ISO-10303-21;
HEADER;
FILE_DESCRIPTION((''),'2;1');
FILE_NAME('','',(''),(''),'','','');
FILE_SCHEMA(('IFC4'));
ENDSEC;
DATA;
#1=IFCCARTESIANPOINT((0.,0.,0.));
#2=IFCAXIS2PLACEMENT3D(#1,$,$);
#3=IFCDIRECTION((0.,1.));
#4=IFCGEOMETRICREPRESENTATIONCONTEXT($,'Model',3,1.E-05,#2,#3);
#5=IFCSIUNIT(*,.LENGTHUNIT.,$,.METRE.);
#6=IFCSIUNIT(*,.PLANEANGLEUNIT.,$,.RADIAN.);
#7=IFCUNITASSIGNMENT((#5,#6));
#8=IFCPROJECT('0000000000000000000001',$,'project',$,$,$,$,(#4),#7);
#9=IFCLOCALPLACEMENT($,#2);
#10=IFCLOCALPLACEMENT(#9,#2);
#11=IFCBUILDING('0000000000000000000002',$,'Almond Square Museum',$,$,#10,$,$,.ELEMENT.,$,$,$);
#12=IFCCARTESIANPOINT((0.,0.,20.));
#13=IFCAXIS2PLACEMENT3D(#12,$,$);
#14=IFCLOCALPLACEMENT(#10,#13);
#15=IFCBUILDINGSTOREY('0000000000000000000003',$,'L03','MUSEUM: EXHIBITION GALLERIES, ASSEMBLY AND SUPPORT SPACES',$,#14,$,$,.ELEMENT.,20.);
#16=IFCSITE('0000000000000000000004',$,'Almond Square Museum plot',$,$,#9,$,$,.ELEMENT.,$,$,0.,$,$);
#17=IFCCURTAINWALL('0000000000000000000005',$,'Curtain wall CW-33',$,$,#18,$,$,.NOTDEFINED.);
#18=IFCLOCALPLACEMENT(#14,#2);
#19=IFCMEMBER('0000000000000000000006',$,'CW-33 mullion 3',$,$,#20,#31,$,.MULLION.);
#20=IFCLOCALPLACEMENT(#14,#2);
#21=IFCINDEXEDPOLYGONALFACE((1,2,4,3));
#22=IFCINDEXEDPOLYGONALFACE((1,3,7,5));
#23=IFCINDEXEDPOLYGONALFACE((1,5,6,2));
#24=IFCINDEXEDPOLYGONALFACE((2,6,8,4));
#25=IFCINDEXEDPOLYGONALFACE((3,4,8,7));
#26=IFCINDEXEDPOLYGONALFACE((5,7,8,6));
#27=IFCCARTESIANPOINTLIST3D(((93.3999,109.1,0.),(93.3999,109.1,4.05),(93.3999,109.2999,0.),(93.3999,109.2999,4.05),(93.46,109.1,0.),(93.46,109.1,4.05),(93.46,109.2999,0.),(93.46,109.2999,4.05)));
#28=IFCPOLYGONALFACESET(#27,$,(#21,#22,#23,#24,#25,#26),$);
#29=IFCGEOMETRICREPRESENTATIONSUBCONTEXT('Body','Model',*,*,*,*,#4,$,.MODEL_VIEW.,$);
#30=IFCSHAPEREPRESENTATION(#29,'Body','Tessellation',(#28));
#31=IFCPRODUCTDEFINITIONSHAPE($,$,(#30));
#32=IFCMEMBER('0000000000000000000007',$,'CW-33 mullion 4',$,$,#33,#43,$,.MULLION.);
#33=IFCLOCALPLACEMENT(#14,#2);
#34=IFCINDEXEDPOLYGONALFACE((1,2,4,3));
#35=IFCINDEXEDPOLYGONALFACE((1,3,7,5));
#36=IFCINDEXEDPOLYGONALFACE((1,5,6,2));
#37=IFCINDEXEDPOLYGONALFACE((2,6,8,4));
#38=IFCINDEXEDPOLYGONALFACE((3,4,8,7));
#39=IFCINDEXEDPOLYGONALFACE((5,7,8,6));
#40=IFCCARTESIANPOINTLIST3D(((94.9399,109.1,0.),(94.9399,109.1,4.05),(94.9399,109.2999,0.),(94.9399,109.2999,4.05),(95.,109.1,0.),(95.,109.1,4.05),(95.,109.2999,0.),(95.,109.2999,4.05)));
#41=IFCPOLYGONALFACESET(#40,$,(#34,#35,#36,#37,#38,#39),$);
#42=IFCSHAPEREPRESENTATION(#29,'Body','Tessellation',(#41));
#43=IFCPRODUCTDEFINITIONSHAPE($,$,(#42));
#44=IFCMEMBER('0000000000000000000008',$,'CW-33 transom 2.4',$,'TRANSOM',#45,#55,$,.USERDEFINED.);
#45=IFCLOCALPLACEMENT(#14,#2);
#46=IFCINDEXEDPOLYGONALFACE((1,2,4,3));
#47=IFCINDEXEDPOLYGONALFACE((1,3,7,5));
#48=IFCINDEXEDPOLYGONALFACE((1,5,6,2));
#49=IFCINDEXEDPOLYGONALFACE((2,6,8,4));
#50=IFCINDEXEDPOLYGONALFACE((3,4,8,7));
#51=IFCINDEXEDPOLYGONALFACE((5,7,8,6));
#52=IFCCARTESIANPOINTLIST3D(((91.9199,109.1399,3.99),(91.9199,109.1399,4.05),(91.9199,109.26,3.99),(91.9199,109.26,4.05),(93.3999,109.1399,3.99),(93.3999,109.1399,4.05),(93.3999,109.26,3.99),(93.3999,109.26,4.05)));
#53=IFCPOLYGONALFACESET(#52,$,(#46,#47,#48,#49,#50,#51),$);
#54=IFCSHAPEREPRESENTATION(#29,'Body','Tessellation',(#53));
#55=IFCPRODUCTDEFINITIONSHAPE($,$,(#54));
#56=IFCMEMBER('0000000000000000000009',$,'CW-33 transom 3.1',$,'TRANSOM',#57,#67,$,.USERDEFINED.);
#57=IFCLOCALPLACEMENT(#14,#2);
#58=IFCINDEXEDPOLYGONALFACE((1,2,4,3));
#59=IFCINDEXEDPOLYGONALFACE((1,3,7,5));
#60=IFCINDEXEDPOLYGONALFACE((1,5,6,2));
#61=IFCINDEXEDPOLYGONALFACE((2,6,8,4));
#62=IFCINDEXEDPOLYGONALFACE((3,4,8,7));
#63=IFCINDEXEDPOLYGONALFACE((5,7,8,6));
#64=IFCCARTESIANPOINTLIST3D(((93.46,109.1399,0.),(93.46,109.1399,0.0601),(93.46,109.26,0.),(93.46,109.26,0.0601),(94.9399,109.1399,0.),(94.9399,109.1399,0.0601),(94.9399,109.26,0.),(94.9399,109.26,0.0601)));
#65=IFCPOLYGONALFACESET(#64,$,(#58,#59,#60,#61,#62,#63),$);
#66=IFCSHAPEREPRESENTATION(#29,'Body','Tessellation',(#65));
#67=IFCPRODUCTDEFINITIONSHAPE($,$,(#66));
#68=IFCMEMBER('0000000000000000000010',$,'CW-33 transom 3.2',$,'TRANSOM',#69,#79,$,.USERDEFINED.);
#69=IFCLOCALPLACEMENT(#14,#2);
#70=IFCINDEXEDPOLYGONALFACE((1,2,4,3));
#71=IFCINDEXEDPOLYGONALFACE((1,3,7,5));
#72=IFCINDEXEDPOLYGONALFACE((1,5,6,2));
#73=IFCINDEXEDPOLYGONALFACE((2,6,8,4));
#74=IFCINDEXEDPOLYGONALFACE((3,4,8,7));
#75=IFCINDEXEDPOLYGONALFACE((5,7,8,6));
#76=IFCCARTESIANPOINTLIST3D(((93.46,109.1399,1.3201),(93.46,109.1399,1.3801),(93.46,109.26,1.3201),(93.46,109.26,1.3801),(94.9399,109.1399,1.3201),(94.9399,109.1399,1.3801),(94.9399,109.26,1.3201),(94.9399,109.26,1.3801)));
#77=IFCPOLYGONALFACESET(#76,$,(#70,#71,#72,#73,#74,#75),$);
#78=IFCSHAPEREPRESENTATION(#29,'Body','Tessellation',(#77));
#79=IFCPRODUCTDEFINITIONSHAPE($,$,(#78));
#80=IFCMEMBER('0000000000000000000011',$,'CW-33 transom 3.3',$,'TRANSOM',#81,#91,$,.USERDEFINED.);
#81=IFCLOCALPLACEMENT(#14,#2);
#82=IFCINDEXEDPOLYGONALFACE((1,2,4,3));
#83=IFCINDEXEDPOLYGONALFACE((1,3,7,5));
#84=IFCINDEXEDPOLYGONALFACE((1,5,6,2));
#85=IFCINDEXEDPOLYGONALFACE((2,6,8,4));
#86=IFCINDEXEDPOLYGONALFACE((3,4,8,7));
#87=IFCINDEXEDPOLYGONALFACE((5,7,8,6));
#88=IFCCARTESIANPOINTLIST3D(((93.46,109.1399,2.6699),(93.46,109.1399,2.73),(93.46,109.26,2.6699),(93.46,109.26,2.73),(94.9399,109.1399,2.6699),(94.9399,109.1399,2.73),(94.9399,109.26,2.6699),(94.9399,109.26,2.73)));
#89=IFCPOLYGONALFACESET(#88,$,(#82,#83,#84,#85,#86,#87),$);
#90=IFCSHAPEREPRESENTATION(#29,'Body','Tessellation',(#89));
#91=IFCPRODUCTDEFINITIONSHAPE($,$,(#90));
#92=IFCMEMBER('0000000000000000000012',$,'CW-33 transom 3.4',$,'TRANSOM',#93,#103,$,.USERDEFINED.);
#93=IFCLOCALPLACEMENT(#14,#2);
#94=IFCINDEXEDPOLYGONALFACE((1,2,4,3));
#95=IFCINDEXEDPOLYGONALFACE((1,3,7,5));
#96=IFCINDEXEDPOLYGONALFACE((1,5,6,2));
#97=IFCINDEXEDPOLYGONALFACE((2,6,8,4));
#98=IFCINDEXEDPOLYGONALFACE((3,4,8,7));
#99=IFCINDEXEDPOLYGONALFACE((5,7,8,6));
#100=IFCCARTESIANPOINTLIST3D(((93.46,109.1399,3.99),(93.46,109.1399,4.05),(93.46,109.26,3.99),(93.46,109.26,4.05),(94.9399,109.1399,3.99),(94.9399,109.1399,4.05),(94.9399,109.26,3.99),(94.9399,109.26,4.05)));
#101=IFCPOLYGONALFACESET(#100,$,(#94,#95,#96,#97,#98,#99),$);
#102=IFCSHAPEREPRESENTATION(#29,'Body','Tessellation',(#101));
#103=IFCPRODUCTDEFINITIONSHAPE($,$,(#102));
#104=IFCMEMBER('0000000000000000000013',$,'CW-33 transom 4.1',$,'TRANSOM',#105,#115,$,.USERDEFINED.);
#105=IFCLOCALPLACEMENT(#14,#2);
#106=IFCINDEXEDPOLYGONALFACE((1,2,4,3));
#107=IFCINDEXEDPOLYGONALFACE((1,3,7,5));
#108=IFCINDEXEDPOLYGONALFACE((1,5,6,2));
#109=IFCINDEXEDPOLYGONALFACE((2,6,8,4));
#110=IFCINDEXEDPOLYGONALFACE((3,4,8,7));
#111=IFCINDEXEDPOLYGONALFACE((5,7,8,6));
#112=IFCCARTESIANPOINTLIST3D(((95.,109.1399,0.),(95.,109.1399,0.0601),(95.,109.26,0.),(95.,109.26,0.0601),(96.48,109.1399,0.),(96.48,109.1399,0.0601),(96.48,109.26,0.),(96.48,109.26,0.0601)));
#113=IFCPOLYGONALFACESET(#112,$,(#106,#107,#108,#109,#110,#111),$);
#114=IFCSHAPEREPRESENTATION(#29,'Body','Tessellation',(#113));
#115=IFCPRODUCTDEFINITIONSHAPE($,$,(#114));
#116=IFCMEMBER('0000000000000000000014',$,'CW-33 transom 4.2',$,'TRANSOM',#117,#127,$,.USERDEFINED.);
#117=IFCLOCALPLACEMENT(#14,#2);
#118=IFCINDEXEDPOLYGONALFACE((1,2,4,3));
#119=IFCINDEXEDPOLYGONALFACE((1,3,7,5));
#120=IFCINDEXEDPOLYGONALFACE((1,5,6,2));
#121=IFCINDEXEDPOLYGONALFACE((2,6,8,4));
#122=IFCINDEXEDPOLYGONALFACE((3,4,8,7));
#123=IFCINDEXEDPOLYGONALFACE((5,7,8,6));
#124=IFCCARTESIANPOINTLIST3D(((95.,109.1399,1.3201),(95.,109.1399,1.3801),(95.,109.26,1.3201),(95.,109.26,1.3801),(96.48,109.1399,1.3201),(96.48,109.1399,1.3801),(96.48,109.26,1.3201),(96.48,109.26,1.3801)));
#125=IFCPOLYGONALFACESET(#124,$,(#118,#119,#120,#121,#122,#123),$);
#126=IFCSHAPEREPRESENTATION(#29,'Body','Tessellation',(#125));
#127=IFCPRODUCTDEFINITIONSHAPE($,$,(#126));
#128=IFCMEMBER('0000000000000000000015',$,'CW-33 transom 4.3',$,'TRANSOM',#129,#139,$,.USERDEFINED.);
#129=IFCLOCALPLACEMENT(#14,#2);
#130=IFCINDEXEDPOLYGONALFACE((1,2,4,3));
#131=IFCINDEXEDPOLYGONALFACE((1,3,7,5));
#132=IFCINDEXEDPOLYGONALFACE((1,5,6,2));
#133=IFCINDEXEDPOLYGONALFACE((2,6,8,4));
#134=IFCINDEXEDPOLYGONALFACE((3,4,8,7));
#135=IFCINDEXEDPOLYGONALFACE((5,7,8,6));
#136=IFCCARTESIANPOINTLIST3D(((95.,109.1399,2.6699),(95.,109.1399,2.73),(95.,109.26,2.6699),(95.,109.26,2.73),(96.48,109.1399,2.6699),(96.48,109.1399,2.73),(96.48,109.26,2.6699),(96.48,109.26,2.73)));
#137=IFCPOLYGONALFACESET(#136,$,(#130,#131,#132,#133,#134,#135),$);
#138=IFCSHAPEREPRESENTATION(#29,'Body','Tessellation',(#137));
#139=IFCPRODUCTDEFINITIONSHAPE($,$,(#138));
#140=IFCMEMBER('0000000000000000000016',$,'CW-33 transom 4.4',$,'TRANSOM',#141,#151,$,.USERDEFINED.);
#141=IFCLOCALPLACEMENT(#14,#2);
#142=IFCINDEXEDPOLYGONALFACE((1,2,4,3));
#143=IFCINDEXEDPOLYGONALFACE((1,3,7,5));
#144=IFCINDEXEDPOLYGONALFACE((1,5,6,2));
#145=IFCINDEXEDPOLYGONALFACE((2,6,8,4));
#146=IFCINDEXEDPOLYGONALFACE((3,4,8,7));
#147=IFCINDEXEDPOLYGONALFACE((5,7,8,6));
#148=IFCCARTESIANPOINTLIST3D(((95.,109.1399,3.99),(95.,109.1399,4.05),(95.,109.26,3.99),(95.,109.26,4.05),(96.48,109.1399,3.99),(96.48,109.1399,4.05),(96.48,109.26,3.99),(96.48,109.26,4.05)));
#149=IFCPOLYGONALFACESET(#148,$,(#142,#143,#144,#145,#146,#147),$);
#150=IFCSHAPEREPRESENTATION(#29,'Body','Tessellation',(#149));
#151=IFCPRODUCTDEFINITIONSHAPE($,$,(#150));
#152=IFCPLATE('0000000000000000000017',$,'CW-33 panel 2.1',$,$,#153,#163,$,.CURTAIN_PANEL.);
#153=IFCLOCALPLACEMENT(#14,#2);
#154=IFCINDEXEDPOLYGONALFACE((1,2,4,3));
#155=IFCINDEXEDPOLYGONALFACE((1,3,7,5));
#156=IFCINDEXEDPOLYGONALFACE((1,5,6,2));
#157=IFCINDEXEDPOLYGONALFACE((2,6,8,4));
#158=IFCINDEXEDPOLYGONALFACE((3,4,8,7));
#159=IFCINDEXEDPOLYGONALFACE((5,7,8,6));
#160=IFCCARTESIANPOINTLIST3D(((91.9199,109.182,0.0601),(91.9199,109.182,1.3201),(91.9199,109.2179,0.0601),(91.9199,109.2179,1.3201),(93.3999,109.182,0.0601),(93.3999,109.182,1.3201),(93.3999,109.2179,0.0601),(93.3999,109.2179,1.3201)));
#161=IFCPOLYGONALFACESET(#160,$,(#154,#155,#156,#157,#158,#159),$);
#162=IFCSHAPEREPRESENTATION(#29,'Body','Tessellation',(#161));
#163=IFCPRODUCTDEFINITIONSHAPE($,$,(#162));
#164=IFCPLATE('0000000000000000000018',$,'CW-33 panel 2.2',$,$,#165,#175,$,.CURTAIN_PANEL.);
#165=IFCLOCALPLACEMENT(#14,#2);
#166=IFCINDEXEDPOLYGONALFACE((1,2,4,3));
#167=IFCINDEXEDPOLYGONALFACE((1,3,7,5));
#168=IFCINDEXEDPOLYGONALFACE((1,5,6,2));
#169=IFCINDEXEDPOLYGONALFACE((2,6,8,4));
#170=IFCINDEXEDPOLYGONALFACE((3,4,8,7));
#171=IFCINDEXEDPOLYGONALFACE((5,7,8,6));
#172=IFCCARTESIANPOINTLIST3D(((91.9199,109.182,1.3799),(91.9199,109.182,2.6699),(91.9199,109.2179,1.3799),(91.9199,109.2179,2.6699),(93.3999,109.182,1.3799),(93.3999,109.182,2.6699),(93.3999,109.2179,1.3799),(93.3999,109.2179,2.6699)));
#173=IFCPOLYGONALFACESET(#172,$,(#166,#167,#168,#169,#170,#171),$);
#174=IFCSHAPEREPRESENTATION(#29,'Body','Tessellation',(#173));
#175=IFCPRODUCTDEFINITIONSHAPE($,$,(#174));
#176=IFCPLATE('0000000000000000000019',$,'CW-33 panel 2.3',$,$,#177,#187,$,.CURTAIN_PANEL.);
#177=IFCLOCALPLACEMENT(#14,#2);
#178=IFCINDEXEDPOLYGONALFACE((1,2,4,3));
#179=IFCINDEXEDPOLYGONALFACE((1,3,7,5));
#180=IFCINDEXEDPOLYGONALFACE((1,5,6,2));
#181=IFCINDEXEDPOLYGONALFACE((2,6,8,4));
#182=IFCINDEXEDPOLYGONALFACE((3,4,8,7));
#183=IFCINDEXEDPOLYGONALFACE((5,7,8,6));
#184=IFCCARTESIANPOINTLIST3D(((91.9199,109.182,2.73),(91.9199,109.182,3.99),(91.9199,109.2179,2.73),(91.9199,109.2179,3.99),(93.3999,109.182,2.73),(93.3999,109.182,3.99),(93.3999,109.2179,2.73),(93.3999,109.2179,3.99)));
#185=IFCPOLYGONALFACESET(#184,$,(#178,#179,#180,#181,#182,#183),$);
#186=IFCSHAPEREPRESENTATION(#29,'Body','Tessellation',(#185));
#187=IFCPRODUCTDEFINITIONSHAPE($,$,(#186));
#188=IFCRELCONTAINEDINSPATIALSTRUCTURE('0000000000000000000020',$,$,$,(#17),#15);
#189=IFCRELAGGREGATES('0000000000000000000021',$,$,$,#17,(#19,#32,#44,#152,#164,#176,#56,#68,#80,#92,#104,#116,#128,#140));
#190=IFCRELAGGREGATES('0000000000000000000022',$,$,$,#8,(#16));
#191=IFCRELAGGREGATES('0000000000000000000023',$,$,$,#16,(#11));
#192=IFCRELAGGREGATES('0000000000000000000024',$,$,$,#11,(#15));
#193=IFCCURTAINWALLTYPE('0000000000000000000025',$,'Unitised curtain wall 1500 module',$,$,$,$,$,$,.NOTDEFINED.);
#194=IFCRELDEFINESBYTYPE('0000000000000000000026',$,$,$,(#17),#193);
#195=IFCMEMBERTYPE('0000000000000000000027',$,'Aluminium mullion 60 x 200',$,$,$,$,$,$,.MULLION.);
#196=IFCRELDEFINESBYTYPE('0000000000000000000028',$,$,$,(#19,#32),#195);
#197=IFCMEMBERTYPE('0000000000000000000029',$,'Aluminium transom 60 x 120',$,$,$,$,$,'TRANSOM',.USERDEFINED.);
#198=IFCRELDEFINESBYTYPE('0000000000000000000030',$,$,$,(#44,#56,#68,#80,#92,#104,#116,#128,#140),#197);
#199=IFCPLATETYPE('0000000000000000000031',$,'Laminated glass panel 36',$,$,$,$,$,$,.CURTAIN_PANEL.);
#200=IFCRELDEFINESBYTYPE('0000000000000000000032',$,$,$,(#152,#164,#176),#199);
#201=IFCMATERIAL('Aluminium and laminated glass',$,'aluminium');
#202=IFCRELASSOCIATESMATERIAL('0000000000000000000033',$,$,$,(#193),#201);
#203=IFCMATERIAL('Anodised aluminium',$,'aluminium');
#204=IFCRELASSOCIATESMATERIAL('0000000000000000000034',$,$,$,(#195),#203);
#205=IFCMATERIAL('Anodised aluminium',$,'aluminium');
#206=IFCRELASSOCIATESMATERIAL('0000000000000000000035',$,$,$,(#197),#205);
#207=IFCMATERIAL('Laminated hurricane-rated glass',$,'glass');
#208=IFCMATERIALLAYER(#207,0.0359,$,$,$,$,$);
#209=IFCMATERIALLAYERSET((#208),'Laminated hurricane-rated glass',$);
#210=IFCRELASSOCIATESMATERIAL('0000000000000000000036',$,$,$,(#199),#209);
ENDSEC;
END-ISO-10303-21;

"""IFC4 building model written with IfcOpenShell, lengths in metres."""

from ifc_helpers import new_model, si_unit, direction, frame, origin, origin_2d, place, context, subcontext, project, spatial, rectangle, extrude, material, layer, layer_set, material_profile, profile_set, type_object, element, aggregate, save


model = new_model("IFC4")

# Units and contexts
model_context = context("Model", 3, precision=1e-05, world=origin(), true_north=direction((0.0, 1.0)))
body_context = subcontext(model_context, "Body", "Model", "MODEL_VIEW")
ifc_project = project(units=[si_unit("LENGTHUNIT", "METRE"), si_unit("PLANEANGLEUNIT", "RADIAN")], contexts=[model_context])

# Site, building, storey
site_placement = place(None, origin())
site = spatial("IfcSite", under=ifc_project, at=site_placement, Name="Almond Square Museum plot", CompositionType="ELEMENT", RefElevation=0.0)
building_placement = place(site_placement, origin())
building = spatial("IfcBuilding", under=site, at=building_placement, Name="Almond Square Museum", CompositionType="ELEMENT")
storey_placement = place(building_placement, frame((0.0, 0.0, 20.0)))
storey = spatial("IfcBuildingStorey", under=building, at=storey_placement, Name="L03", Description="MUSEUM: EXHIBITION GALLERIES, ASSEMBLY AND SUPPORT SPACES", CompositionType="ELEMENT", Elevation=20.0)

# Curtain wall, members, plates
ifc_material_1 = material(Name="Aluminium and laminated glass", Category="aluminium")
curtain_wall_type = type_object("IfcCurtainWallType", Name="Unitised curtain wall 1500 module", PredefinedType="NOTDEFINED", material=ifc_material_1)
curtain_wall_placement = place(storey_placement, origin())
curtain_wall = element("IfcCurtainWall", 1, at=curtain_wall_placement, inside=storey, type_object=curtain_wall_type, Name="Curtain wall CW-33", PredefinedType="NOTDEFINED")
ifc_material_2 = material(Name="Anodised aluminium", Category="aluminium")
ifc_material_profile_1 = material_profile(ifc_material_2, rectangle(XDim=0.2, YDim=0.0601, at=origin_2d()))
ifc_profile_set_1 = profile_set([ifc_material_profile_1], Name="Anodised aluminium")
member_type_1 = type_object("IfcMemberType", Name="Aluminium mullion 60 x 200", PredefinedType="MULLION", material=ifc_profile_set_1)
member_1_placement = place(storey_placement, frame((93.4299, 109.2, 0.0), z_axis=(0.0, 0.0, 1.0), x_axis=(0.0, 1.0, 0.0)))
member_1 = element("IfcMember", 2, at=member_1_placement, type_object=member_type_1, Name="CW-33 mullion 3", PredefinedType="MULLION", context=body_context, shape_type="SweptSolid", body=[
    extrude(rectangle(XDim=0.2, YDim=0.0601, at=origin_2d()), origin(), (0.0, 0.0, 1.0), 4.05),
])
member_2_placement = place(storey_placement, frame((94.97, 109.2, 0.0), z_axis=(0.0, 0.0, 1.0), x_axis=(0.0, 1.0, 0.0)))
member_2 = element("IfcMember", 3, at=member_2_placement, type_object=member_type_1, Name="CW-33 mullion 4", PredefinedType="MULLION", context=body_context, shape_type="SweptSolid", body=[
    extrude(rectangle(XDim=0.2, YDim=0.0601, at=origin_2d()), origin(), (0.0, 0.0, 1.0), 4.05),
])
ifc_material_3 = material(Name="Anodised aluminium", Category="aluminium")
ifc_material_profile_2 = material_profile(ifc_material_3, rectangle(XDim=0.1201, YDim=0.0601, at=origin_2d()))
ifc_profile_set_2 = profile_set([ifc_material_profile_2], Name="Anodised aluminium")
member_type_2 = type_object("IfcMemberType", Name="Aluminium transom 60 x 120", ElementType="TRANSOM", PredefinedType="USERDEFINED", material=ifc_profile_set_2)
member_3_placement = place(storey_placement, frame((91.9199, 109.2, 4.02), z_axis=(1.0, 0.0, 0.0), x_axis=(0.0, 1.0, 0.0)))
member_3 = element("IfcMember", 4, at=member_3_placement, type_object=member_type_2, Name="CW-33 transom 2.4", ObjectType="TRANSOM", PredefinedType="USERDEFINED", context=body_context, shape_type="SweptSolid", body=[
    extrude(rectangle(XDim=0.1201, YDim=0.0601, at=origin_2d()), origin(), (0.0, 0.0, 1.0), 1.48),
])
member_4_placement = place(storey_placement, frame((93.46, 109.2, 0.03), z_axis=(1.0, 0.0, 0.0), x_axis=(0.0, 1.0, 0.0)))
member_4 = element("IfcMember", 5, at=member_4_placement, type_object=member_type_2, Name="CW-33 transom 3.1", ObjectType="TRANSOM", PredefinedType="USERDEFINED", context=body_context, shape_type="SweptSolid", body=[
    extrude(rectangle(XDim=0.1201, YDim=0.0601, at=origin_2d()), origin(), (0.0, 0.0, 1.0), 1.48),
])
member_5_placement = place(storey_placement, frame((93.46, 109.2, 1.3501), z_axis=(1.0, 0.0, 0.0), x_axis=(0.0, 1.0, 0.0)))
member_5 = element("IfcMember", 6, at=member_5_placement, type_object=member_type_2, Name="CW-33 transom 3.2", ObjectType="TRANSOM", PredefinedType="USERDEFINED", context=body_context, shape_type="SweptSolid", body=[
    extrude(rectangle(XDim=0.1201, YDim=0.0601, at=origin_2d()), origin(), (0.0, 0.0, 1.0), 1.48),
])
member_6_placement = place(storey_placement, frame((93.46, 109.2, 2.7), z_axis=(1.0, 0.0, 0.0), x_axis=(0.0, 1.0, 0.0)))
member_6 = element("IfcMember", 7, at=member_6_placement, type_object=member_type_2, Name="CW-33 transom 3.3", ObjectType="TRANSOM", PredefinedType="USERDEFINED", context=body_context, shape_type="SweptSolid", body=[
    extrude(rectangle(XDim=0.1201, YDim=0.0601, at=origin_2d()), origin(), (0.0, 0.0, 1.0), 1.48),
])
member_7_placement = place(storey_placement, frame((93.46, 109.2, 4.02), z_axis=(1.0, 0.0, 0.0), x_axis=(0.0, 1.0, 0.0)))
member_7 = element("IfcMember", 8, at=member_7_placement, type_object=member_type_2, Name="CW-33 transom 3.4", ObjectType="TRANSOM", PredefinedType="USERDEFINED", context=body_context, shape_type="SweptSolid", body=[
    extrude(rectangle(XDim=0.1201, YDim=0.0601, at=origin_2d()), origin(), (0.0, 0.0, 1.0), 1.48),
])
member_8_placement = place(storey_placement, frame((95.0, 109.2, 0.03), z_axis=(1.0, 0.0, 0.0), x_axis=(0.0, 1.0, 0.0)))
member_8 = element("IfcMember", 9, at=member_8_placement, type_object=member_type_2, Name="CW-33 transom 4.1", ObjectType="TRANSOM", PredefinedType="USERDEFINED", context=body_context, shape_type="SweptSolid", body=[
    extrude(rectangle(XDim=0.1201, YDim=0.0601, at=origin_2d()), origin(), (0.0, 0.0, 1.0), 1.48),
])
member_9_placement = place(storey_placement, frame((95.0, 109.2, 1.3501), z_axis=(1.0, 0.0, 0.0), x_axis=(0.0, 1.0, 0.0)))
member_9 = element("IfcMember", 10, at=member_9_placement, type_object=member_type_2, Name="CW-33 transom 4.2", ObjectType="TRANSOM", PredefinedType="USERDEFINED", context=body_context, shape_type="SweptSolid", body=[
    extrude(rectangle(XDim=0.1201, YDim=0.0601, at=origin_2d()), origin(), (0.0, 0.0, 1.0), 1.48),
])
member_10_placement = place(storey_placement, frame((95.0, 109.2, 2.7), z_axis=(1.0, 0.0, 0.0), x_axis=(0.0, 1.0, 0.0)))
member_10 = element("IfcMember", 11, at=member_10_placement, type_object=member_type_2, Name="CW-33 transom 4.3", ObjectType="TRANSOM", PredefinedType="USERDEFINED", context=body_context, shape_type="SweptSolid", body=[
    extrude(rectangle(XDim=0.1201, YDim=0.0601, at=origin_2d()), origin(), (0.0, 0.0, 1.0), 1.48),
])
member_11_placement = place(storey_placement, frame((95.0, 109.2, 4.02), z_axis=(1.0, 0.0, 0.0), x_axis=(0.0, 1.0, 0.0)))
member_11 = element("IfcMember", 12, at=member_11_placement, type_object=member_type_2, Name="CW-33 transom 4.4", ObjectType="TRANSOM", PredefinedType="USERDEFINED", context=body_context, shape_type="SweptSolid", body=[
    extrude(rectangle(XDim=0.1201, YDim=0.0601, at=origin_2d()), origin(), (0.0, 0.0, 1.0), 1.48),
])
ifc_material_4 = material(Name="Laminated hurricane-rated glass", Category="glass")
ifc_layer_1 = layer(ifc_material_4, 0.0359)
ifc_layer_set_1 = layer_set([ifc_layer_1], Name="Laminated hurricane-rated glass")
plate_type = type_object("IfcPlateType", Name="Laminated glass panel 36", PredefinedType="CURTAIN_PANEL", material=ifc_layer_set_1)
plate_1_placement = place(storey_placement, frame((92.6599, 109.2, 0.0601), z_axis=(0.0, 0.0, 1.0), x_axis=(1.0, 0.0, 0.0)))
plate_1 = element("IfcPlate", 13, at=plate_1_placement, type_object=plate_type, Name="CW-33 panel 2.1", PredefinedType="CURTAIN_PANEL", context=body_context, shape_type="SweptSolid", body=[
    extrude(rectangle(XDim=1.48, YDim=0.0359, at=origin_2d()), origin(), (0.0, 0.0, 1.0), 1.26),
])
plate_2_placement = place(storey_placement, frame((92.6599, 109.2, 1.3799), z_axis=(0.0, 0.0, 1.0), x_axis=(1.0, 0.0, 0.0)))
plate_2 = element("IfcPlate", 14, at=plate_2_placement, type_object=plate_type, Name="CW-33 panel 2.2", PredefinedType="CURTAIN_PANEL", context=body_context, shape_type="SweptSolid", body=[
    extrude(rectangle(XDim=1.48, YDim=0.0359, at=origin_2d()), origin(), (0.0, 0.0, 1.0), 1.29),
])
plate_3_placement = place(storey_placement, frame((92.6599, 109.2, 2.73), z_axis=(0.0, 0.0, 1.0), x_axis=(1.0, 0.0, 0.0)))
plate_3 = element("IfcPlate", 15, at=plate_3_placement, type_object=plate_type, Name="CW-33 panel 2.3", PredefinedType="CURTAIN_PANEL", context=body_context, shape_type="SweptSolid", body=[
    extrude(rectangle(XDim=1.48, YDim=0.0359, at=origin_2d()), origin(), (0.0, 0.0, 1.0), 1.26),
])
aggregate(curtain_wall, [member_1, member_2, member_3, plate_1, plate_2, plate_3, member_4, member_5, member_6, member_7, member_8, member_9, member_10, member_11])

save(model, "model.ifc")
